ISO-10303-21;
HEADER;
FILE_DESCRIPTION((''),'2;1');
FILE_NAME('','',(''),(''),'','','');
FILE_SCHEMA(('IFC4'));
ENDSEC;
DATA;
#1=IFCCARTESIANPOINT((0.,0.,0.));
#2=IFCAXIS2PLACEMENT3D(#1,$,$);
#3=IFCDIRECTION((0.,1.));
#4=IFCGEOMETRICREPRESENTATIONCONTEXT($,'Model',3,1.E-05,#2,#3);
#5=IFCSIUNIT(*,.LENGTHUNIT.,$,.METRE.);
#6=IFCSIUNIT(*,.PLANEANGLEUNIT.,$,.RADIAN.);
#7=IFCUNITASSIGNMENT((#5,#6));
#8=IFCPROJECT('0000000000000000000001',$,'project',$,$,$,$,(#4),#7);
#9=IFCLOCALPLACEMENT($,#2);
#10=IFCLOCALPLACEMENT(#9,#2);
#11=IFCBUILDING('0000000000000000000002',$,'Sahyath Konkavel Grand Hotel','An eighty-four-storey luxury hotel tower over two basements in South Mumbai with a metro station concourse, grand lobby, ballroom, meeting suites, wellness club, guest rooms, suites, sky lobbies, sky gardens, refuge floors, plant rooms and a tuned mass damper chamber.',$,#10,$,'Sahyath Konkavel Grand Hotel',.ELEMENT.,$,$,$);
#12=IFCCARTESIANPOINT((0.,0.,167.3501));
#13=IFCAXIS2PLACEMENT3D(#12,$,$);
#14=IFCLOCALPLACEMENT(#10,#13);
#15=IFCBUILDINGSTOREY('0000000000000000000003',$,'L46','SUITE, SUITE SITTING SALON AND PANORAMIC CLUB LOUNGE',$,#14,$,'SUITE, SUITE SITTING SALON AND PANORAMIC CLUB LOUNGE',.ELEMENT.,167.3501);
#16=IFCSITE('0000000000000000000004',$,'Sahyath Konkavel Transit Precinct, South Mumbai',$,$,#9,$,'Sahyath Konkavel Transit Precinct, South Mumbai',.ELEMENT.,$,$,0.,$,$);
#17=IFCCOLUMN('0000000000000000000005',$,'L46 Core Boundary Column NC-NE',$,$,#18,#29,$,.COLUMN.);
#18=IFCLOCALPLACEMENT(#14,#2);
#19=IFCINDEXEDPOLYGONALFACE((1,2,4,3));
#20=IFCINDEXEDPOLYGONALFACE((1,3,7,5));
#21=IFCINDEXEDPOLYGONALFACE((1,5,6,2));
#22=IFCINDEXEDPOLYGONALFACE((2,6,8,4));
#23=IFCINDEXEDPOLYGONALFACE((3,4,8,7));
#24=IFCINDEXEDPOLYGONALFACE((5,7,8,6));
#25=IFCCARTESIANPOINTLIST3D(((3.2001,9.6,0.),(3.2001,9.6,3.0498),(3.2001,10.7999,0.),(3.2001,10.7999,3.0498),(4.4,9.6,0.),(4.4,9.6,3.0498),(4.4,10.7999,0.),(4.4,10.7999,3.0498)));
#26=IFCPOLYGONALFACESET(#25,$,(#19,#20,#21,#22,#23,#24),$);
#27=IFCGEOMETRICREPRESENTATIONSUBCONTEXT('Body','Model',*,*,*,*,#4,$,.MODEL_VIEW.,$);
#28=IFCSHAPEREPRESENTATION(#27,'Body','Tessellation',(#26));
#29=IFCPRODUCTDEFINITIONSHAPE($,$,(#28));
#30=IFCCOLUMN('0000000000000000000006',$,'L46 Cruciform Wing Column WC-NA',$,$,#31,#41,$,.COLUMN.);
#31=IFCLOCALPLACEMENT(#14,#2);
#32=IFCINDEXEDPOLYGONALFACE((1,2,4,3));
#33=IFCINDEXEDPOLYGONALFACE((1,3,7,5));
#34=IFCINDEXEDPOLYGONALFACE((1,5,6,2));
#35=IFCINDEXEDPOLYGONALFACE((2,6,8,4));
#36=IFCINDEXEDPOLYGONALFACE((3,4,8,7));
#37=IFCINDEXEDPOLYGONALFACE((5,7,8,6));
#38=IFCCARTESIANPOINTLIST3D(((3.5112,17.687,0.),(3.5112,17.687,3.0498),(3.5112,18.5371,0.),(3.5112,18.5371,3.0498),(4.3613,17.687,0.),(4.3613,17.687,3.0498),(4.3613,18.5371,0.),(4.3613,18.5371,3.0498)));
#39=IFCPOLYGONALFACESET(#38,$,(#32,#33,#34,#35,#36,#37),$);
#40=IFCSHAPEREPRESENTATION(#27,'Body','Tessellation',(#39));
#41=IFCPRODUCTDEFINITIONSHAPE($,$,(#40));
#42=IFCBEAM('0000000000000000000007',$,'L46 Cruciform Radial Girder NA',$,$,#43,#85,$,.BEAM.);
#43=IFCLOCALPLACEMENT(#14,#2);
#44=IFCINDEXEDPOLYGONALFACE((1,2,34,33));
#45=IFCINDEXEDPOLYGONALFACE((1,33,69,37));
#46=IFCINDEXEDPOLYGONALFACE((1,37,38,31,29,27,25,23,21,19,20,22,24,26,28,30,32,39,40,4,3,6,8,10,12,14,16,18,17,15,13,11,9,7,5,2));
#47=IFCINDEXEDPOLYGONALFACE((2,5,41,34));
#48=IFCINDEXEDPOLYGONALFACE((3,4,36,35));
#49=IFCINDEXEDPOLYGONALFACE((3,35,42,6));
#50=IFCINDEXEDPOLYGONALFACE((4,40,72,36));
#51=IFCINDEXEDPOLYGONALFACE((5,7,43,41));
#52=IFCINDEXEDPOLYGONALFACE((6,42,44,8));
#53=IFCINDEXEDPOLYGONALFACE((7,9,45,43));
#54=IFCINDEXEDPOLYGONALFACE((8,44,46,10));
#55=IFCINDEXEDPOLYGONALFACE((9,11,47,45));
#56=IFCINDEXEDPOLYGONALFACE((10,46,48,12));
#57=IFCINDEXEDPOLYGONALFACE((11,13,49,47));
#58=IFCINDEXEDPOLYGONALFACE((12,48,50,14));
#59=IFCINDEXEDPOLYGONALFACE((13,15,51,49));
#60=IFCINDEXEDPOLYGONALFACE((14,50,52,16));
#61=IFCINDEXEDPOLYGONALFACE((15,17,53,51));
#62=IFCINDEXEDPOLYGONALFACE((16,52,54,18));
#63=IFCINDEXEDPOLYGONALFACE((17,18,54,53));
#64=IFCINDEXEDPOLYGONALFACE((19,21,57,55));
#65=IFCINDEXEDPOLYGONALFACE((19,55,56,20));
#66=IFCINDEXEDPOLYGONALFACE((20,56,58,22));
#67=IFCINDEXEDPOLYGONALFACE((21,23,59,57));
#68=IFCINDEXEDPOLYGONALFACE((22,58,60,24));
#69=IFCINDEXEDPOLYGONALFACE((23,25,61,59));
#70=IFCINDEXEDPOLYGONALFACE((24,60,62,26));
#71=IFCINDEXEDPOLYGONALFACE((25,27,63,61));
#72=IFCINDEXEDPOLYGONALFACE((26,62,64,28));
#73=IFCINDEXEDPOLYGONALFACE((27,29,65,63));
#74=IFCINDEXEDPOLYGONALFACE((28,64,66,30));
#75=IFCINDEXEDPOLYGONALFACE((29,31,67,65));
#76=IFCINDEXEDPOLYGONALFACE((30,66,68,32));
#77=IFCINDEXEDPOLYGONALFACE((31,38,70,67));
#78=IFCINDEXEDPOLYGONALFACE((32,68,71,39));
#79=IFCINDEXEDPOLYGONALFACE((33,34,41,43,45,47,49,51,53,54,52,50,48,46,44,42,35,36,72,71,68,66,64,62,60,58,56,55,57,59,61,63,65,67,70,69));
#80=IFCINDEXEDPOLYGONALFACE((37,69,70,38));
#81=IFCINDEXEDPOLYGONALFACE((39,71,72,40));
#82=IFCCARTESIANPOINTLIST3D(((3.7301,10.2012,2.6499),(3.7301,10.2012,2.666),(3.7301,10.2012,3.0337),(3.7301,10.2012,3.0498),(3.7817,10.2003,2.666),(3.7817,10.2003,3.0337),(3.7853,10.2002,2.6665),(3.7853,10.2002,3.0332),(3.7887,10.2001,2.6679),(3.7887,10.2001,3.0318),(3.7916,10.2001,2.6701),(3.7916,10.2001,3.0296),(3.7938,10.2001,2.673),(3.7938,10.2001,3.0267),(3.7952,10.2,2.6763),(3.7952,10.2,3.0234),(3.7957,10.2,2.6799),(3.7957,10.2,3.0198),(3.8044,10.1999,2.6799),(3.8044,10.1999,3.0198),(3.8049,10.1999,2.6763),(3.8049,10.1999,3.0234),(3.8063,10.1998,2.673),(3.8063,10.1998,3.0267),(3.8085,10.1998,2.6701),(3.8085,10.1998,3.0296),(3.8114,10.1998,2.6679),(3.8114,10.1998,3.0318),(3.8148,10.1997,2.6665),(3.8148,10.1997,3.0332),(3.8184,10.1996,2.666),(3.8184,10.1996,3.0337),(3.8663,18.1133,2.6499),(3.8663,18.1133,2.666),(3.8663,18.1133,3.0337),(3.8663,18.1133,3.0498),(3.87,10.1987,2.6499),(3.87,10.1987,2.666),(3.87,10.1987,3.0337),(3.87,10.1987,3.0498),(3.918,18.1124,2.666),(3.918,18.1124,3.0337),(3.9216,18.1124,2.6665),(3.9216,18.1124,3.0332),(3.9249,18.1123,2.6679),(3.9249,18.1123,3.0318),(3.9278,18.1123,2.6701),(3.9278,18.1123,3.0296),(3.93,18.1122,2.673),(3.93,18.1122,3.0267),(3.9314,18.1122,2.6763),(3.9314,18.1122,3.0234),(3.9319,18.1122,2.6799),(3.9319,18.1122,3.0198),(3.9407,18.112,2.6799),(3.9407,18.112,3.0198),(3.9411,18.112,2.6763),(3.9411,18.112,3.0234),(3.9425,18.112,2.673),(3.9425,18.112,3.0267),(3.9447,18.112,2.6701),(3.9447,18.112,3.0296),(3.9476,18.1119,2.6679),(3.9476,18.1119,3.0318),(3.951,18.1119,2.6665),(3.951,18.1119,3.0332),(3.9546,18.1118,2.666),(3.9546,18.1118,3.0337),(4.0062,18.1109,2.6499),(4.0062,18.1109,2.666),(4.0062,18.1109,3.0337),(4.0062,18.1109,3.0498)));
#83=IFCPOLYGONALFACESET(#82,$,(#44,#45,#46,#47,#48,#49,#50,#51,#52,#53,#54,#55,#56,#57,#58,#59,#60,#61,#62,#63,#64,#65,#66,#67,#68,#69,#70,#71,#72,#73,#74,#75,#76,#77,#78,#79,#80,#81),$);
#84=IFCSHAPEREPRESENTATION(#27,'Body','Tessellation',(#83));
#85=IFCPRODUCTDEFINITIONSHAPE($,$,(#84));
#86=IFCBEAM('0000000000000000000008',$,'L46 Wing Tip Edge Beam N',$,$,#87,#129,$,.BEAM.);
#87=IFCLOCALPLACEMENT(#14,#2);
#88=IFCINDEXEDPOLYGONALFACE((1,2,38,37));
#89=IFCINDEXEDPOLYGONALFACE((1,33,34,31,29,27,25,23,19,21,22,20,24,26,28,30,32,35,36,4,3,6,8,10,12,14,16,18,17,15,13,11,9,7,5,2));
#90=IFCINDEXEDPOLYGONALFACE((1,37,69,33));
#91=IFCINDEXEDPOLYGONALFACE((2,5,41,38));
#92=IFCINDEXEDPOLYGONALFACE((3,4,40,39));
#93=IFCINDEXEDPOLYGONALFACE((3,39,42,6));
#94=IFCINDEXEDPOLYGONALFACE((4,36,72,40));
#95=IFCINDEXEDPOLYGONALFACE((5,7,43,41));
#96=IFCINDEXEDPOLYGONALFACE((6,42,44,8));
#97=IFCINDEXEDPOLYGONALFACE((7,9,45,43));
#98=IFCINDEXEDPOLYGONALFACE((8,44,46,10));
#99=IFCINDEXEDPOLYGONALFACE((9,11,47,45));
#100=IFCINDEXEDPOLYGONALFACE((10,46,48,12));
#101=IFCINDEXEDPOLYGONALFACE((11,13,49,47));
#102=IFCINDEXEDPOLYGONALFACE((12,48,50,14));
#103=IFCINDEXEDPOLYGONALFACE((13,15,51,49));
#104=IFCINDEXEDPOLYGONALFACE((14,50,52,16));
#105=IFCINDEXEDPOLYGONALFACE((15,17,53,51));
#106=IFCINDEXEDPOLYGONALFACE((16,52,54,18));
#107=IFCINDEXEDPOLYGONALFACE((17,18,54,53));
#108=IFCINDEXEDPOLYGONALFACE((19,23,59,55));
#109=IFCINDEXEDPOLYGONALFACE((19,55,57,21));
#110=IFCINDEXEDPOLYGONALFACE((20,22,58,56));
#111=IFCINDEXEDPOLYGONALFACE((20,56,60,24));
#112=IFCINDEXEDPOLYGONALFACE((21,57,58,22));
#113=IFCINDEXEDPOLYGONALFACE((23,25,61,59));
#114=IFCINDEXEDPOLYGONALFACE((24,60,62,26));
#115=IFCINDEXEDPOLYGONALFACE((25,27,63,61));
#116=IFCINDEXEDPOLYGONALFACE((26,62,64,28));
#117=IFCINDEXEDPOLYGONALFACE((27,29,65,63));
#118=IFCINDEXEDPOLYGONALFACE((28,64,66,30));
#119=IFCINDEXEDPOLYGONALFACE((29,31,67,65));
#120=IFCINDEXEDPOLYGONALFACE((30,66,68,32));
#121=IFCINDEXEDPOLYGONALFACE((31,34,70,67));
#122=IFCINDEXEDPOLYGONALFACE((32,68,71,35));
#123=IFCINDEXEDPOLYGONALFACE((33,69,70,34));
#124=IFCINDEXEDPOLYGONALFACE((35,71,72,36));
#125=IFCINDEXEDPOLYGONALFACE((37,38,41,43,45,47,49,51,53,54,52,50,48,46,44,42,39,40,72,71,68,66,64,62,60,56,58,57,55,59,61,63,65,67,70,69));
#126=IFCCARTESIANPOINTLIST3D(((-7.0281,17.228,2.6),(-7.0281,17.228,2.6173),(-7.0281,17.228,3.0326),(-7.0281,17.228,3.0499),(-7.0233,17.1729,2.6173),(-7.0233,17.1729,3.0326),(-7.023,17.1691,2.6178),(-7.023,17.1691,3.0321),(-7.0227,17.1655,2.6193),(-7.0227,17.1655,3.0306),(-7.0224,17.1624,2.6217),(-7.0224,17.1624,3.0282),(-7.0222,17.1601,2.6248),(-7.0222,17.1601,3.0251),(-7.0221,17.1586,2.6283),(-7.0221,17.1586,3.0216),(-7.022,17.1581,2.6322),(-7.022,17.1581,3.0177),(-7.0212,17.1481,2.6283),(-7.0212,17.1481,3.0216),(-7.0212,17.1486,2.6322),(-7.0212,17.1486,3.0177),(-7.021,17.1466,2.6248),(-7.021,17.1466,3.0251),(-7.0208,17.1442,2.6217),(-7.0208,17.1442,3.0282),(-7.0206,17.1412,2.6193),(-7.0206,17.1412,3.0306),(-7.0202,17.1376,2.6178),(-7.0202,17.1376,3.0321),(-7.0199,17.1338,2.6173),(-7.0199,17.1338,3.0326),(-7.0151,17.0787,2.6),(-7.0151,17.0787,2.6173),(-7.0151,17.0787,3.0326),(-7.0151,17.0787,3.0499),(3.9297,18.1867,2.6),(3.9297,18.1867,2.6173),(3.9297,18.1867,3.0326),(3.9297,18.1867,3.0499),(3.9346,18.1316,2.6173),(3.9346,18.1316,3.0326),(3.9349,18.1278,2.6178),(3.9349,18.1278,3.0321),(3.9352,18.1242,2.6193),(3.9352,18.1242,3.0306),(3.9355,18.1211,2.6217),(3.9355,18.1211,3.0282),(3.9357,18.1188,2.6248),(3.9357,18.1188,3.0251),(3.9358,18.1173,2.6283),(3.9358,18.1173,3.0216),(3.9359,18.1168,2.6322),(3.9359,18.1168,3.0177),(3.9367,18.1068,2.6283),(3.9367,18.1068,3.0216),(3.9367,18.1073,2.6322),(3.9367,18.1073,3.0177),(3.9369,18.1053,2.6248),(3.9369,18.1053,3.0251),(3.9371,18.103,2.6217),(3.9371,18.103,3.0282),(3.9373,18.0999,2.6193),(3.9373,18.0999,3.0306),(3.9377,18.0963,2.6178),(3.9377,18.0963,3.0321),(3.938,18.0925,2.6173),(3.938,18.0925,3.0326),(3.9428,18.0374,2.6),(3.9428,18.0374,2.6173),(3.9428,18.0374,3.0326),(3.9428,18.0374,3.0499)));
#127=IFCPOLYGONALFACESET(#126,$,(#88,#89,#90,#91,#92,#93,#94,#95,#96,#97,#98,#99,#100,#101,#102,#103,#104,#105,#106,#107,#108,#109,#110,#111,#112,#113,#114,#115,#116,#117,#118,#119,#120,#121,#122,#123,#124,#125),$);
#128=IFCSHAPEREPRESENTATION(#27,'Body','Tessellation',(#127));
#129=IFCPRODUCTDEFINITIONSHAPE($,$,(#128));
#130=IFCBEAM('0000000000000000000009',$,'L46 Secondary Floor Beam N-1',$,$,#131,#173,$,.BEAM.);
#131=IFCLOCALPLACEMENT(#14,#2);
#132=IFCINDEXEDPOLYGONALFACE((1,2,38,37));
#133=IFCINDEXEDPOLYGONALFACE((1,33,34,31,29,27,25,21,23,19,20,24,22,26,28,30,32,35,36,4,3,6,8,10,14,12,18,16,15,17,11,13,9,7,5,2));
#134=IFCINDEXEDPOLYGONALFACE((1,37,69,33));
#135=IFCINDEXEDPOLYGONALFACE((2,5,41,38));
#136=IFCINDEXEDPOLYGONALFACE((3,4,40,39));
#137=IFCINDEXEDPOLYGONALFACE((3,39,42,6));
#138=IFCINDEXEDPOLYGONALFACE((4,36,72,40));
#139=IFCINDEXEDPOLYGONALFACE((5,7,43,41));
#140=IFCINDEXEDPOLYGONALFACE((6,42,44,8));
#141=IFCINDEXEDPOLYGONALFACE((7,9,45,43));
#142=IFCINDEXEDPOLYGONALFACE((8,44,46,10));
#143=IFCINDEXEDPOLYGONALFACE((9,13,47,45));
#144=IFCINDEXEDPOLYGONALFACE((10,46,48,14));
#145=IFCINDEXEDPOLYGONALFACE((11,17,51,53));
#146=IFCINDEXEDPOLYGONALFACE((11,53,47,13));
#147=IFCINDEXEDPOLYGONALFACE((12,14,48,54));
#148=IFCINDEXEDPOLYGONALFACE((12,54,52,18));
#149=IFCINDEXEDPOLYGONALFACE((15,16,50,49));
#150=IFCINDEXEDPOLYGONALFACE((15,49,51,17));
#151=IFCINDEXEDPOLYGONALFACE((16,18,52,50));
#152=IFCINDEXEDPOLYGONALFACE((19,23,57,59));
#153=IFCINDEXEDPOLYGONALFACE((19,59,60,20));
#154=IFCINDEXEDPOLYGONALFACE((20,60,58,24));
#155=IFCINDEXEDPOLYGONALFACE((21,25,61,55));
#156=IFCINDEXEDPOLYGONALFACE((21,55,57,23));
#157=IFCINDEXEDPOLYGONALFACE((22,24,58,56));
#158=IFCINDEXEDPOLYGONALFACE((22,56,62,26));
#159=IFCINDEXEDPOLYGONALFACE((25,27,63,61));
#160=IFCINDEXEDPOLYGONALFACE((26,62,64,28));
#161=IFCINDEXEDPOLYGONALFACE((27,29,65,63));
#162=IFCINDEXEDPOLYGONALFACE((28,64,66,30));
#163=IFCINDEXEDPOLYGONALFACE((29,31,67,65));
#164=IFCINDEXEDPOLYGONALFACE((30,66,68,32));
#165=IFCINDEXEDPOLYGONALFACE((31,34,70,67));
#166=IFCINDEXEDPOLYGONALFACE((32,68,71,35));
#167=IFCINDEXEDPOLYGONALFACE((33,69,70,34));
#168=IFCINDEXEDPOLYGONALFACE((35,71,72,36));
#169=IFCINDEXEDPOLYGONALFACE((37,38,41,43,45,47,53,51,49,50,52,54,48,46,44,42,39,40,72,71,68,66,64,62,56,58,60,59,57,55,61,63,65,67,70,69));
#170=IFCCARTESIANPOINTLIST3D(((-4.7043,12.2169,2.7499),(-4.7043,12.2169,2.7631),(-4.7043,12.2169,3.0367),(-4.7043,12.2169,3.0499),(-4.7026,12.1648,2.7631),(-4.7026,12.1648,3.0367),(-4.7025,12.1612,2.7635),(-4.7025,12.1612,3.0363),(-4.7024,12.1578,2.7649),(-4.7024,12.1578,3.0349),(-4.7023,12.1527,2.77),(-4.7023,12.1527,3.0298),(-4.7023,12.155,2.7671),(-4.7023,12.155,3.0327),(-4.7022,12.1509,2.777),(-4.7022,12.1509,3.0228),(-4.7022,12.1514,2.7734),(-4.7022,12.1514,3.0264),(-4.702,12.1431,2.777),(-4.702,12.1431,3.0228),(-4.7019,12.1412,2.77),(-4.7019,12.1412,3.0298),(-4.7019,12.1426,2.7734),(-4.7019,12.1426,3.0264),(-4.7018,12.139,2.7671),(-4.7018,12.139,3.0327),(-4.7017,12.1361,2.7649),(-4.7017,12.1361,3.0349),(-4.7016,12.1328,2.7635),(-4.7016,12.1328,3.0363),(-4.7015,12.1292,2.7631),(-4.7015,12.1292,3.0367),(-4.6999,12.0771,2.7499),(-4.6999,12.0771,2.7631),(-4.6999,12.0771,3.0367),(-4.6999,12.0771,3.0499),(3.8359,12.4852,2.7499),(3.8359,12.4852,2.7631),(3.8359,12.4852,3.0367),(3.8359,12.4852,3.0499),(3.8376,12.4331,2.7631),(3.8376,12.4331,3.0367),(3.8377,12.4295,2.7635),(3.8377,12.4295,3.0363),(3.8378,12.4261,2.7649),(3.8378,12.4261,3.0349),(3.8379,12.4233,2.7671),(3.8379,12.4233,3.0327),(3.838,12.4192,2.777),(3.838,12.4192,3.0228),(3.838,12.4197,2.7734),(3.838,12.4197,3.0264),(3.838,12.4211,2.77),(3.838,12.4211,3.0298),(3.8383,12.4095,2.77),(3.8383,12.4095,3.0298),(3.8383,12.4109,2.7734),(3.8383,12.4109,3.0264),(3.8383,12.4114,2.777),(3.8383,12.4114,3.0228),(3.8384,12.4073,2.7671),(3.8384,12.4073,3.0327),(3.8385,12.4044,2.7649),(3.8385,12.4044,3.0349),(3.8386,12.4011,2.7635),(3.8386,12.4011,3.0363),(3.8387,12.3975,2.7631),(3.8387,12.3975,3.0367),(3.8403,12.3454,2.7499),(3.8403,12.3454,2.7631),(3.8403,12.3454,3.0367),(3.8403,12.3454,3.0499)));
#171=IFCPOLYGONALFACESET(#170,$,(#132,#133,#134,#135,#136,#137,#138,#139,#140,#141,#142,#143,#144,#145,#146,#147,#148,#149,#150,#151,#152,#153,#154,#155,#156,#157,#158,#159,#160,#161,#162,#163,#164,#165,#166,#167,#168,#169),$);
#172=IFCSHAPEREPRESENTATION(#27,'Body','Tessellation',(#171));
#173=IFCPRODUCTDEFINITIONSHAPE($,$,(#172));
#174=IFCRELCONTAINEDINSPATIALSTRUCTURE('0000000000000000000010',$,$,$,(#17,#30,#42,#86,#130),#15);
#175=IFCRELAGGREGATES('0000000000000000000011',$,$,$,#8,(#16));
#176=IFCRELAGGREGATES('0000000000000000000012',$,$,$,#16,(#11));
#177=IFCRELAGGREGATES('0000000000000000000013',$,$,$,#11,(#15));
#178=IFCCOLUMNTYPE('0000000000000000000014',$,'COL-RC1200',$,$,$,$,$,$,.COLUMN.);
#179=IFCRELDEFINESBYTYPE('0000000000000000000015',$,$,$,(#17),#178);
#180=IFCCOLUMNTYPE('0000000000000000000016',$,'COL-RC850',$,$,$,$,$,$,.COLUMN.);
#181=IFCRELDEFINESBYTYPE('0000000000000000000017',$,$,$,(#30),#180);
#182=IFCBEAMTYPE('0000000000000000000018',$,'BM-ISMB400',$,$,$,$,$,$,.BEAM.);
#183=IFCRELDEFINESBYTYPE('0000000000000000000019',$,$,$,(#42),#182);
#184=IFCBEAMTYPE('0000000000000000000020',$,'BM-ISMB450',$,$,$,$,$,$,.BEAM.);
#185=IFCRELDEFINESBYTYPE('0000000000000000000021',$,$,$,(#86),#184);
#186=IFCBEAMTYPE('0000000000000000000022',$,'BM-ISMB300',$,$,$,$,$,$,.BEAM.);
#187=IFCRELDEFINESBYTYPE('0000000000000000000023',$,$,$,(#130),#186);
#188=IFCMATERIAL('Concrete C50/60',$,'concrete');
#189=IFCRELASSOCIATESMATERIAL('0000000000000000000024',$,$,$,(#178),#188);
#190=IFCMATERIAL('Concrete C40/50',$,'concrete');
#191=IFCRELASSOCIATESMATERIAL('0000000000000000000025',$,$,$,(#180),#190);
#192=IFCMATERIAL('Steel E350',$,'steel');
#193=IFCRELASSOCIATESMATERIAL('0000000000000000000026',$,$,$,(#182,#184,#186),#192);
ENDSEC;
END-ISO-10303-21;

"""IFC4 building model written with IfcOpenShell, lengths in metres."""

from ifc_helpers import new_model, si_unit, direction, frame, origin, origin_2d, place, context, subcontext, project, spatial, rectangle, i_section, extrude, source, transform, mapped, material, material_profile, profile_set, type_object, element, save


model = new_model("IFC4")

# Units and contexts
model_context = context("Model", 3, precision=1e-05, world=origin(), true_north=direction((0.0, 1.0)))
body_context = subcontext(model_context, "Body", "Model", "MODEL_VIEW")
ifc_project = project(units=[si_unit("LENGTHUNIT", "METRE"), si_unit("PLANEANGLEUNIT", "RADIAN")], contexts=[model_context])

# Site, building, storey
site_placement = place(None, origin())
site = spatial("IfcSite", under=ifc_project, at=site_placement, Name="Sahyath Konkavel Transit Precinct, South Mumbai", LongName="Sahyath Konkavel Transit Precinct, South Mumbai", CompositionType="ELEMENT", RefElevation=0.0)
building_placement = place(site_placement, origin())
building = spatial("IfcBuilding", under=site, at=building_placement, Name="Sahyath Konkavel Grand Hotel", Description="An eighty-four-storey luxury hotel tower over two basements in South Mumbai with a metro station concourse, grand lobby, ballroom, meeting suites, wellness club, guest rooms, suites, sky lobbies, sky gardens, refuge floors, plant rooms and a tuned mass damper chamber.", LongName="Sahyath Konkavel Grand Hotel", CompositionType="ELEMENT")
storey_placement = place(building_placement, frame((0.0, 0.0, 167.3501)))
storey = spatial("IfcBuildingStorey", under=building, at=storey_placement, Name="L46", Description="SUITE, SUITE SITTING SALON AND PANORAMIC CLUB LOUNGE", LongName="SUITE, SUITE SITTING SALON AND PANORAMIC CLUB LOUNGE", CompositionType="ELEMENT", Elevation=167.3501)

# Columns
ifc_material_1 = material(Name="Concrete C50/60", Category="concrete")
ifc_material_profile_1 = material_profile(ifc_material_1, rectangle(XDim=1.2, YDim=1.2, at=origin_2d()), Name="RC 1200x1200")
ifc_profile_set_1 = profile_set([ifc_material_profile_1], Name="Concrete C50/60")
column_type_1 = type_object("IfcColumnType", Name="COL-RC1200", PredefinedType="COLUMN", material=ifc_profile_set_1)
shared_shape_1 = source(origin(), body_context, "Body", "SweptSolid", [
    extrude(rectangle(XDim=1.2, YDim=1.2, at=origin_2d()), origin(), (0.0, 0.0, 1.0), 3.0498),
])
column_1_placement = place(storey_placement, frame((3.8, 10.2, 0.0), z_axis=(0.0, 0.0, 1.0), x_axis=(1.0, 0.0, 0.0)))
element("IfcColumn", 1, at=column_1_placement, inside=storey, type_object=column_type_1, Name="L46 Core Boundary Column NC-NE", PredefinedType="COLUMN", context=body_context, shape_type="MappedRepresentation", body=[
    mapped(shared_shape_1, transform((0.0, 0.0, 0.0), scale=1.0)),
])
ifc_material_2 = material(Name="Concrete C40/50", Category="concrete")
ifc_material_profile_2 = material_profile(ifc_material_2, rectangle(XDim=0.8501, YDim=0.8501, at=origin_2d()), Name="RC 850x850")
ifc_profile_set_2 = profile_set([ifc_material_profile_2], Name="Concrete C40/50")
column_type_2 = type_object("IfcColumnType", Name="COL-RC850", PredefinedType="COLUMN", material=ifc_profile_set_2)
shared_shape_2 = source(origin(), body_context, "Body", "SweptSolid", [
    extrude(rectangle(XDim=0.8501, YDim=0.8501, at=origin_2d()), origin(), (0.0, 0.0, 1.0), 3.0498),
])
column_2_placement = place(storey_placement, frame((3.9363, 18.1121, 0.0), z_axis=(0.0, 0.0, 1.0), x_axis=(1.0, 0.0, 0.0)))
element("IfcColumn", 2, at=column_2_placement, inside=storey, type_object=column_type_2, Name="L46 Cruciform Wing Column WC-NA", PredefinedType="COLUMN", context=body_context, shape_type="MappedRepresentation", body=[
    mapped(shared_shape_2, transform((0.0, 0.0, 0.0), scale=1.0)),
])

# Beams
ifc_material_3 = material(Name="Steel E350", Category="steel")
ifc_material_profile_3 = material_profile(ifc_material_3, i_section(OverallWidth=0.1399, OverallDepth=0.3999, WebThickness=0.0088, FlangeThickness=0.0161, FilletRadius=0.0139, at=origin_2d()), Name="ISMB 400")
ifc_profile_set_3 = profile_set([ifc_material_profile_3], Name="Steel E350")
beam_type_1 = type_object("IfcBeamType", Name="BM-ISMB400", PredefinedType="BEAM", material=ifc_profile_set_3)
shared_shape_3 = source(origin(), body_context, "Body", "SweptSolid", [
    extrude(i_section(OverallWidth=0.1399, OverallDepth=0.3999, WebThickness=0.0088, FlangeThickness=0.0161, FilletRadius=0.0139, at=origin_2d()), origin(), (0.0, 0.0, 1.0), 7.9133),
])
beam_1_placement = place(storey_placement, frame((3.8, 10.2, 2.8499), z_axis=(0.017215, 0.999852, 0.0), x_axis=(-0.999852, 0.017215, 0.0)))
element("IfcBeam", 3, at=beam_1_placement, inside=storey, type_object=beam_type_1, Name="L46 Cruciform Radial Girder NA", PredefinedType="BEAM", context=body_context, shape_type="MappedRepresentation", body=[
    mapped(shared_shape_3, transform((0.0, 0.0, 0.0), scale=1.0)),
])
ifc_material_profile_4 = material_profile(ifc_material_3, i_section(OverallWidth=0.1499, OverallDepth=0.45, WebThickness=0.0095, FlangeThickness=0.0173, FilletRadius=0.0149, at=origin_2d()), Name="ISMB 450")
ifc_profile_set_4 = profile_set([ifc_material_profile_4], Name="Steel E350")
beam_type_2 = type_object("IfcBeamType", Name="BM-ISMB450", PredefinedType="BEAM", material=ifc_profile_set_4)
shared_shape_4 = source(origin(), body_context, "Body", "SweptSolid", [
    extrude(i_section(OverallWidth=0.1499, OverallDepth=0.45, WebThickness=0.0095, FlangeThickness=0.0173, FilletRadius=0.0149, at=origin_2d()), origin(), (0.0, 0.0, 1.0), 10.9998),
])
beam_2_placement = place(storey_placement, frame((3.9363, 18.1121, 2.825), z_axis=(-0.996194, -0.087159, 0.0), x_axis=(0.087159, -0.996194, 0.0)))
element("IfcBeam", 4, at=beam_2_placement, inside=storey, type_object=beam_type_2, Name="L46 Wing Tip Edge Beam N", PredefinedType="BEAM", context=body_context, shape_type="MappedRepresentation", body=[
    mapped(shared_shape_4, transform((0.0, 0.0, 0.0), scale=1.0)),
])
ifc_material_profile_5 = material_profile(ifc_material_3, i_section(OverallWidth=0.1399, OverallDepth=0.3, WebThickness=0.0078, FlangeThickness=0.0132, FilletRadius=0.0139, at=origin_2d()), Name="ISMB 300")
ifc_profile_set_5 = profile_set([ifc_material_profile_5], Name="Steel E350")
beam_type_3 = type_object("IfcBeamType", Name="BM-ISMB300", PredefinedType="BEAM", material=ifc_profile_set_5)
shared_shape_5 = source(origin(), body_context, "Body", "SweptSolid", [
    extrude(i_section(OverallWidth=0.1399, OverallDepth=0.3, WebThickness=0.0078, FlangeThickness=0.0132, FilletRadius=0.0139, at=origin_2d()), origin(), (0.0, 0.0, 1.0), 8.5444),
])
beam_3_placement = place(storey_placement, frame((3.8381, 12.4153, 2.8999), z_axis=(-0.999507, -0.031402, 0.0), x_axis=(0.031402, -0.999507, 0.0)))
element("IfcBeam", 5, at=beam_3_placement, inside=storey, type_object=beam_type_3, Name="L46 Secondary Floor Beam N-1", PredefinedType="BEAM", context=body_context, shape_type="MappedRepresentation", body=[
    mapped(shared_shape_5, transform((0.0, 0.0, 0.0), scale=1.0)),
])

save(model, "model.ifc")
